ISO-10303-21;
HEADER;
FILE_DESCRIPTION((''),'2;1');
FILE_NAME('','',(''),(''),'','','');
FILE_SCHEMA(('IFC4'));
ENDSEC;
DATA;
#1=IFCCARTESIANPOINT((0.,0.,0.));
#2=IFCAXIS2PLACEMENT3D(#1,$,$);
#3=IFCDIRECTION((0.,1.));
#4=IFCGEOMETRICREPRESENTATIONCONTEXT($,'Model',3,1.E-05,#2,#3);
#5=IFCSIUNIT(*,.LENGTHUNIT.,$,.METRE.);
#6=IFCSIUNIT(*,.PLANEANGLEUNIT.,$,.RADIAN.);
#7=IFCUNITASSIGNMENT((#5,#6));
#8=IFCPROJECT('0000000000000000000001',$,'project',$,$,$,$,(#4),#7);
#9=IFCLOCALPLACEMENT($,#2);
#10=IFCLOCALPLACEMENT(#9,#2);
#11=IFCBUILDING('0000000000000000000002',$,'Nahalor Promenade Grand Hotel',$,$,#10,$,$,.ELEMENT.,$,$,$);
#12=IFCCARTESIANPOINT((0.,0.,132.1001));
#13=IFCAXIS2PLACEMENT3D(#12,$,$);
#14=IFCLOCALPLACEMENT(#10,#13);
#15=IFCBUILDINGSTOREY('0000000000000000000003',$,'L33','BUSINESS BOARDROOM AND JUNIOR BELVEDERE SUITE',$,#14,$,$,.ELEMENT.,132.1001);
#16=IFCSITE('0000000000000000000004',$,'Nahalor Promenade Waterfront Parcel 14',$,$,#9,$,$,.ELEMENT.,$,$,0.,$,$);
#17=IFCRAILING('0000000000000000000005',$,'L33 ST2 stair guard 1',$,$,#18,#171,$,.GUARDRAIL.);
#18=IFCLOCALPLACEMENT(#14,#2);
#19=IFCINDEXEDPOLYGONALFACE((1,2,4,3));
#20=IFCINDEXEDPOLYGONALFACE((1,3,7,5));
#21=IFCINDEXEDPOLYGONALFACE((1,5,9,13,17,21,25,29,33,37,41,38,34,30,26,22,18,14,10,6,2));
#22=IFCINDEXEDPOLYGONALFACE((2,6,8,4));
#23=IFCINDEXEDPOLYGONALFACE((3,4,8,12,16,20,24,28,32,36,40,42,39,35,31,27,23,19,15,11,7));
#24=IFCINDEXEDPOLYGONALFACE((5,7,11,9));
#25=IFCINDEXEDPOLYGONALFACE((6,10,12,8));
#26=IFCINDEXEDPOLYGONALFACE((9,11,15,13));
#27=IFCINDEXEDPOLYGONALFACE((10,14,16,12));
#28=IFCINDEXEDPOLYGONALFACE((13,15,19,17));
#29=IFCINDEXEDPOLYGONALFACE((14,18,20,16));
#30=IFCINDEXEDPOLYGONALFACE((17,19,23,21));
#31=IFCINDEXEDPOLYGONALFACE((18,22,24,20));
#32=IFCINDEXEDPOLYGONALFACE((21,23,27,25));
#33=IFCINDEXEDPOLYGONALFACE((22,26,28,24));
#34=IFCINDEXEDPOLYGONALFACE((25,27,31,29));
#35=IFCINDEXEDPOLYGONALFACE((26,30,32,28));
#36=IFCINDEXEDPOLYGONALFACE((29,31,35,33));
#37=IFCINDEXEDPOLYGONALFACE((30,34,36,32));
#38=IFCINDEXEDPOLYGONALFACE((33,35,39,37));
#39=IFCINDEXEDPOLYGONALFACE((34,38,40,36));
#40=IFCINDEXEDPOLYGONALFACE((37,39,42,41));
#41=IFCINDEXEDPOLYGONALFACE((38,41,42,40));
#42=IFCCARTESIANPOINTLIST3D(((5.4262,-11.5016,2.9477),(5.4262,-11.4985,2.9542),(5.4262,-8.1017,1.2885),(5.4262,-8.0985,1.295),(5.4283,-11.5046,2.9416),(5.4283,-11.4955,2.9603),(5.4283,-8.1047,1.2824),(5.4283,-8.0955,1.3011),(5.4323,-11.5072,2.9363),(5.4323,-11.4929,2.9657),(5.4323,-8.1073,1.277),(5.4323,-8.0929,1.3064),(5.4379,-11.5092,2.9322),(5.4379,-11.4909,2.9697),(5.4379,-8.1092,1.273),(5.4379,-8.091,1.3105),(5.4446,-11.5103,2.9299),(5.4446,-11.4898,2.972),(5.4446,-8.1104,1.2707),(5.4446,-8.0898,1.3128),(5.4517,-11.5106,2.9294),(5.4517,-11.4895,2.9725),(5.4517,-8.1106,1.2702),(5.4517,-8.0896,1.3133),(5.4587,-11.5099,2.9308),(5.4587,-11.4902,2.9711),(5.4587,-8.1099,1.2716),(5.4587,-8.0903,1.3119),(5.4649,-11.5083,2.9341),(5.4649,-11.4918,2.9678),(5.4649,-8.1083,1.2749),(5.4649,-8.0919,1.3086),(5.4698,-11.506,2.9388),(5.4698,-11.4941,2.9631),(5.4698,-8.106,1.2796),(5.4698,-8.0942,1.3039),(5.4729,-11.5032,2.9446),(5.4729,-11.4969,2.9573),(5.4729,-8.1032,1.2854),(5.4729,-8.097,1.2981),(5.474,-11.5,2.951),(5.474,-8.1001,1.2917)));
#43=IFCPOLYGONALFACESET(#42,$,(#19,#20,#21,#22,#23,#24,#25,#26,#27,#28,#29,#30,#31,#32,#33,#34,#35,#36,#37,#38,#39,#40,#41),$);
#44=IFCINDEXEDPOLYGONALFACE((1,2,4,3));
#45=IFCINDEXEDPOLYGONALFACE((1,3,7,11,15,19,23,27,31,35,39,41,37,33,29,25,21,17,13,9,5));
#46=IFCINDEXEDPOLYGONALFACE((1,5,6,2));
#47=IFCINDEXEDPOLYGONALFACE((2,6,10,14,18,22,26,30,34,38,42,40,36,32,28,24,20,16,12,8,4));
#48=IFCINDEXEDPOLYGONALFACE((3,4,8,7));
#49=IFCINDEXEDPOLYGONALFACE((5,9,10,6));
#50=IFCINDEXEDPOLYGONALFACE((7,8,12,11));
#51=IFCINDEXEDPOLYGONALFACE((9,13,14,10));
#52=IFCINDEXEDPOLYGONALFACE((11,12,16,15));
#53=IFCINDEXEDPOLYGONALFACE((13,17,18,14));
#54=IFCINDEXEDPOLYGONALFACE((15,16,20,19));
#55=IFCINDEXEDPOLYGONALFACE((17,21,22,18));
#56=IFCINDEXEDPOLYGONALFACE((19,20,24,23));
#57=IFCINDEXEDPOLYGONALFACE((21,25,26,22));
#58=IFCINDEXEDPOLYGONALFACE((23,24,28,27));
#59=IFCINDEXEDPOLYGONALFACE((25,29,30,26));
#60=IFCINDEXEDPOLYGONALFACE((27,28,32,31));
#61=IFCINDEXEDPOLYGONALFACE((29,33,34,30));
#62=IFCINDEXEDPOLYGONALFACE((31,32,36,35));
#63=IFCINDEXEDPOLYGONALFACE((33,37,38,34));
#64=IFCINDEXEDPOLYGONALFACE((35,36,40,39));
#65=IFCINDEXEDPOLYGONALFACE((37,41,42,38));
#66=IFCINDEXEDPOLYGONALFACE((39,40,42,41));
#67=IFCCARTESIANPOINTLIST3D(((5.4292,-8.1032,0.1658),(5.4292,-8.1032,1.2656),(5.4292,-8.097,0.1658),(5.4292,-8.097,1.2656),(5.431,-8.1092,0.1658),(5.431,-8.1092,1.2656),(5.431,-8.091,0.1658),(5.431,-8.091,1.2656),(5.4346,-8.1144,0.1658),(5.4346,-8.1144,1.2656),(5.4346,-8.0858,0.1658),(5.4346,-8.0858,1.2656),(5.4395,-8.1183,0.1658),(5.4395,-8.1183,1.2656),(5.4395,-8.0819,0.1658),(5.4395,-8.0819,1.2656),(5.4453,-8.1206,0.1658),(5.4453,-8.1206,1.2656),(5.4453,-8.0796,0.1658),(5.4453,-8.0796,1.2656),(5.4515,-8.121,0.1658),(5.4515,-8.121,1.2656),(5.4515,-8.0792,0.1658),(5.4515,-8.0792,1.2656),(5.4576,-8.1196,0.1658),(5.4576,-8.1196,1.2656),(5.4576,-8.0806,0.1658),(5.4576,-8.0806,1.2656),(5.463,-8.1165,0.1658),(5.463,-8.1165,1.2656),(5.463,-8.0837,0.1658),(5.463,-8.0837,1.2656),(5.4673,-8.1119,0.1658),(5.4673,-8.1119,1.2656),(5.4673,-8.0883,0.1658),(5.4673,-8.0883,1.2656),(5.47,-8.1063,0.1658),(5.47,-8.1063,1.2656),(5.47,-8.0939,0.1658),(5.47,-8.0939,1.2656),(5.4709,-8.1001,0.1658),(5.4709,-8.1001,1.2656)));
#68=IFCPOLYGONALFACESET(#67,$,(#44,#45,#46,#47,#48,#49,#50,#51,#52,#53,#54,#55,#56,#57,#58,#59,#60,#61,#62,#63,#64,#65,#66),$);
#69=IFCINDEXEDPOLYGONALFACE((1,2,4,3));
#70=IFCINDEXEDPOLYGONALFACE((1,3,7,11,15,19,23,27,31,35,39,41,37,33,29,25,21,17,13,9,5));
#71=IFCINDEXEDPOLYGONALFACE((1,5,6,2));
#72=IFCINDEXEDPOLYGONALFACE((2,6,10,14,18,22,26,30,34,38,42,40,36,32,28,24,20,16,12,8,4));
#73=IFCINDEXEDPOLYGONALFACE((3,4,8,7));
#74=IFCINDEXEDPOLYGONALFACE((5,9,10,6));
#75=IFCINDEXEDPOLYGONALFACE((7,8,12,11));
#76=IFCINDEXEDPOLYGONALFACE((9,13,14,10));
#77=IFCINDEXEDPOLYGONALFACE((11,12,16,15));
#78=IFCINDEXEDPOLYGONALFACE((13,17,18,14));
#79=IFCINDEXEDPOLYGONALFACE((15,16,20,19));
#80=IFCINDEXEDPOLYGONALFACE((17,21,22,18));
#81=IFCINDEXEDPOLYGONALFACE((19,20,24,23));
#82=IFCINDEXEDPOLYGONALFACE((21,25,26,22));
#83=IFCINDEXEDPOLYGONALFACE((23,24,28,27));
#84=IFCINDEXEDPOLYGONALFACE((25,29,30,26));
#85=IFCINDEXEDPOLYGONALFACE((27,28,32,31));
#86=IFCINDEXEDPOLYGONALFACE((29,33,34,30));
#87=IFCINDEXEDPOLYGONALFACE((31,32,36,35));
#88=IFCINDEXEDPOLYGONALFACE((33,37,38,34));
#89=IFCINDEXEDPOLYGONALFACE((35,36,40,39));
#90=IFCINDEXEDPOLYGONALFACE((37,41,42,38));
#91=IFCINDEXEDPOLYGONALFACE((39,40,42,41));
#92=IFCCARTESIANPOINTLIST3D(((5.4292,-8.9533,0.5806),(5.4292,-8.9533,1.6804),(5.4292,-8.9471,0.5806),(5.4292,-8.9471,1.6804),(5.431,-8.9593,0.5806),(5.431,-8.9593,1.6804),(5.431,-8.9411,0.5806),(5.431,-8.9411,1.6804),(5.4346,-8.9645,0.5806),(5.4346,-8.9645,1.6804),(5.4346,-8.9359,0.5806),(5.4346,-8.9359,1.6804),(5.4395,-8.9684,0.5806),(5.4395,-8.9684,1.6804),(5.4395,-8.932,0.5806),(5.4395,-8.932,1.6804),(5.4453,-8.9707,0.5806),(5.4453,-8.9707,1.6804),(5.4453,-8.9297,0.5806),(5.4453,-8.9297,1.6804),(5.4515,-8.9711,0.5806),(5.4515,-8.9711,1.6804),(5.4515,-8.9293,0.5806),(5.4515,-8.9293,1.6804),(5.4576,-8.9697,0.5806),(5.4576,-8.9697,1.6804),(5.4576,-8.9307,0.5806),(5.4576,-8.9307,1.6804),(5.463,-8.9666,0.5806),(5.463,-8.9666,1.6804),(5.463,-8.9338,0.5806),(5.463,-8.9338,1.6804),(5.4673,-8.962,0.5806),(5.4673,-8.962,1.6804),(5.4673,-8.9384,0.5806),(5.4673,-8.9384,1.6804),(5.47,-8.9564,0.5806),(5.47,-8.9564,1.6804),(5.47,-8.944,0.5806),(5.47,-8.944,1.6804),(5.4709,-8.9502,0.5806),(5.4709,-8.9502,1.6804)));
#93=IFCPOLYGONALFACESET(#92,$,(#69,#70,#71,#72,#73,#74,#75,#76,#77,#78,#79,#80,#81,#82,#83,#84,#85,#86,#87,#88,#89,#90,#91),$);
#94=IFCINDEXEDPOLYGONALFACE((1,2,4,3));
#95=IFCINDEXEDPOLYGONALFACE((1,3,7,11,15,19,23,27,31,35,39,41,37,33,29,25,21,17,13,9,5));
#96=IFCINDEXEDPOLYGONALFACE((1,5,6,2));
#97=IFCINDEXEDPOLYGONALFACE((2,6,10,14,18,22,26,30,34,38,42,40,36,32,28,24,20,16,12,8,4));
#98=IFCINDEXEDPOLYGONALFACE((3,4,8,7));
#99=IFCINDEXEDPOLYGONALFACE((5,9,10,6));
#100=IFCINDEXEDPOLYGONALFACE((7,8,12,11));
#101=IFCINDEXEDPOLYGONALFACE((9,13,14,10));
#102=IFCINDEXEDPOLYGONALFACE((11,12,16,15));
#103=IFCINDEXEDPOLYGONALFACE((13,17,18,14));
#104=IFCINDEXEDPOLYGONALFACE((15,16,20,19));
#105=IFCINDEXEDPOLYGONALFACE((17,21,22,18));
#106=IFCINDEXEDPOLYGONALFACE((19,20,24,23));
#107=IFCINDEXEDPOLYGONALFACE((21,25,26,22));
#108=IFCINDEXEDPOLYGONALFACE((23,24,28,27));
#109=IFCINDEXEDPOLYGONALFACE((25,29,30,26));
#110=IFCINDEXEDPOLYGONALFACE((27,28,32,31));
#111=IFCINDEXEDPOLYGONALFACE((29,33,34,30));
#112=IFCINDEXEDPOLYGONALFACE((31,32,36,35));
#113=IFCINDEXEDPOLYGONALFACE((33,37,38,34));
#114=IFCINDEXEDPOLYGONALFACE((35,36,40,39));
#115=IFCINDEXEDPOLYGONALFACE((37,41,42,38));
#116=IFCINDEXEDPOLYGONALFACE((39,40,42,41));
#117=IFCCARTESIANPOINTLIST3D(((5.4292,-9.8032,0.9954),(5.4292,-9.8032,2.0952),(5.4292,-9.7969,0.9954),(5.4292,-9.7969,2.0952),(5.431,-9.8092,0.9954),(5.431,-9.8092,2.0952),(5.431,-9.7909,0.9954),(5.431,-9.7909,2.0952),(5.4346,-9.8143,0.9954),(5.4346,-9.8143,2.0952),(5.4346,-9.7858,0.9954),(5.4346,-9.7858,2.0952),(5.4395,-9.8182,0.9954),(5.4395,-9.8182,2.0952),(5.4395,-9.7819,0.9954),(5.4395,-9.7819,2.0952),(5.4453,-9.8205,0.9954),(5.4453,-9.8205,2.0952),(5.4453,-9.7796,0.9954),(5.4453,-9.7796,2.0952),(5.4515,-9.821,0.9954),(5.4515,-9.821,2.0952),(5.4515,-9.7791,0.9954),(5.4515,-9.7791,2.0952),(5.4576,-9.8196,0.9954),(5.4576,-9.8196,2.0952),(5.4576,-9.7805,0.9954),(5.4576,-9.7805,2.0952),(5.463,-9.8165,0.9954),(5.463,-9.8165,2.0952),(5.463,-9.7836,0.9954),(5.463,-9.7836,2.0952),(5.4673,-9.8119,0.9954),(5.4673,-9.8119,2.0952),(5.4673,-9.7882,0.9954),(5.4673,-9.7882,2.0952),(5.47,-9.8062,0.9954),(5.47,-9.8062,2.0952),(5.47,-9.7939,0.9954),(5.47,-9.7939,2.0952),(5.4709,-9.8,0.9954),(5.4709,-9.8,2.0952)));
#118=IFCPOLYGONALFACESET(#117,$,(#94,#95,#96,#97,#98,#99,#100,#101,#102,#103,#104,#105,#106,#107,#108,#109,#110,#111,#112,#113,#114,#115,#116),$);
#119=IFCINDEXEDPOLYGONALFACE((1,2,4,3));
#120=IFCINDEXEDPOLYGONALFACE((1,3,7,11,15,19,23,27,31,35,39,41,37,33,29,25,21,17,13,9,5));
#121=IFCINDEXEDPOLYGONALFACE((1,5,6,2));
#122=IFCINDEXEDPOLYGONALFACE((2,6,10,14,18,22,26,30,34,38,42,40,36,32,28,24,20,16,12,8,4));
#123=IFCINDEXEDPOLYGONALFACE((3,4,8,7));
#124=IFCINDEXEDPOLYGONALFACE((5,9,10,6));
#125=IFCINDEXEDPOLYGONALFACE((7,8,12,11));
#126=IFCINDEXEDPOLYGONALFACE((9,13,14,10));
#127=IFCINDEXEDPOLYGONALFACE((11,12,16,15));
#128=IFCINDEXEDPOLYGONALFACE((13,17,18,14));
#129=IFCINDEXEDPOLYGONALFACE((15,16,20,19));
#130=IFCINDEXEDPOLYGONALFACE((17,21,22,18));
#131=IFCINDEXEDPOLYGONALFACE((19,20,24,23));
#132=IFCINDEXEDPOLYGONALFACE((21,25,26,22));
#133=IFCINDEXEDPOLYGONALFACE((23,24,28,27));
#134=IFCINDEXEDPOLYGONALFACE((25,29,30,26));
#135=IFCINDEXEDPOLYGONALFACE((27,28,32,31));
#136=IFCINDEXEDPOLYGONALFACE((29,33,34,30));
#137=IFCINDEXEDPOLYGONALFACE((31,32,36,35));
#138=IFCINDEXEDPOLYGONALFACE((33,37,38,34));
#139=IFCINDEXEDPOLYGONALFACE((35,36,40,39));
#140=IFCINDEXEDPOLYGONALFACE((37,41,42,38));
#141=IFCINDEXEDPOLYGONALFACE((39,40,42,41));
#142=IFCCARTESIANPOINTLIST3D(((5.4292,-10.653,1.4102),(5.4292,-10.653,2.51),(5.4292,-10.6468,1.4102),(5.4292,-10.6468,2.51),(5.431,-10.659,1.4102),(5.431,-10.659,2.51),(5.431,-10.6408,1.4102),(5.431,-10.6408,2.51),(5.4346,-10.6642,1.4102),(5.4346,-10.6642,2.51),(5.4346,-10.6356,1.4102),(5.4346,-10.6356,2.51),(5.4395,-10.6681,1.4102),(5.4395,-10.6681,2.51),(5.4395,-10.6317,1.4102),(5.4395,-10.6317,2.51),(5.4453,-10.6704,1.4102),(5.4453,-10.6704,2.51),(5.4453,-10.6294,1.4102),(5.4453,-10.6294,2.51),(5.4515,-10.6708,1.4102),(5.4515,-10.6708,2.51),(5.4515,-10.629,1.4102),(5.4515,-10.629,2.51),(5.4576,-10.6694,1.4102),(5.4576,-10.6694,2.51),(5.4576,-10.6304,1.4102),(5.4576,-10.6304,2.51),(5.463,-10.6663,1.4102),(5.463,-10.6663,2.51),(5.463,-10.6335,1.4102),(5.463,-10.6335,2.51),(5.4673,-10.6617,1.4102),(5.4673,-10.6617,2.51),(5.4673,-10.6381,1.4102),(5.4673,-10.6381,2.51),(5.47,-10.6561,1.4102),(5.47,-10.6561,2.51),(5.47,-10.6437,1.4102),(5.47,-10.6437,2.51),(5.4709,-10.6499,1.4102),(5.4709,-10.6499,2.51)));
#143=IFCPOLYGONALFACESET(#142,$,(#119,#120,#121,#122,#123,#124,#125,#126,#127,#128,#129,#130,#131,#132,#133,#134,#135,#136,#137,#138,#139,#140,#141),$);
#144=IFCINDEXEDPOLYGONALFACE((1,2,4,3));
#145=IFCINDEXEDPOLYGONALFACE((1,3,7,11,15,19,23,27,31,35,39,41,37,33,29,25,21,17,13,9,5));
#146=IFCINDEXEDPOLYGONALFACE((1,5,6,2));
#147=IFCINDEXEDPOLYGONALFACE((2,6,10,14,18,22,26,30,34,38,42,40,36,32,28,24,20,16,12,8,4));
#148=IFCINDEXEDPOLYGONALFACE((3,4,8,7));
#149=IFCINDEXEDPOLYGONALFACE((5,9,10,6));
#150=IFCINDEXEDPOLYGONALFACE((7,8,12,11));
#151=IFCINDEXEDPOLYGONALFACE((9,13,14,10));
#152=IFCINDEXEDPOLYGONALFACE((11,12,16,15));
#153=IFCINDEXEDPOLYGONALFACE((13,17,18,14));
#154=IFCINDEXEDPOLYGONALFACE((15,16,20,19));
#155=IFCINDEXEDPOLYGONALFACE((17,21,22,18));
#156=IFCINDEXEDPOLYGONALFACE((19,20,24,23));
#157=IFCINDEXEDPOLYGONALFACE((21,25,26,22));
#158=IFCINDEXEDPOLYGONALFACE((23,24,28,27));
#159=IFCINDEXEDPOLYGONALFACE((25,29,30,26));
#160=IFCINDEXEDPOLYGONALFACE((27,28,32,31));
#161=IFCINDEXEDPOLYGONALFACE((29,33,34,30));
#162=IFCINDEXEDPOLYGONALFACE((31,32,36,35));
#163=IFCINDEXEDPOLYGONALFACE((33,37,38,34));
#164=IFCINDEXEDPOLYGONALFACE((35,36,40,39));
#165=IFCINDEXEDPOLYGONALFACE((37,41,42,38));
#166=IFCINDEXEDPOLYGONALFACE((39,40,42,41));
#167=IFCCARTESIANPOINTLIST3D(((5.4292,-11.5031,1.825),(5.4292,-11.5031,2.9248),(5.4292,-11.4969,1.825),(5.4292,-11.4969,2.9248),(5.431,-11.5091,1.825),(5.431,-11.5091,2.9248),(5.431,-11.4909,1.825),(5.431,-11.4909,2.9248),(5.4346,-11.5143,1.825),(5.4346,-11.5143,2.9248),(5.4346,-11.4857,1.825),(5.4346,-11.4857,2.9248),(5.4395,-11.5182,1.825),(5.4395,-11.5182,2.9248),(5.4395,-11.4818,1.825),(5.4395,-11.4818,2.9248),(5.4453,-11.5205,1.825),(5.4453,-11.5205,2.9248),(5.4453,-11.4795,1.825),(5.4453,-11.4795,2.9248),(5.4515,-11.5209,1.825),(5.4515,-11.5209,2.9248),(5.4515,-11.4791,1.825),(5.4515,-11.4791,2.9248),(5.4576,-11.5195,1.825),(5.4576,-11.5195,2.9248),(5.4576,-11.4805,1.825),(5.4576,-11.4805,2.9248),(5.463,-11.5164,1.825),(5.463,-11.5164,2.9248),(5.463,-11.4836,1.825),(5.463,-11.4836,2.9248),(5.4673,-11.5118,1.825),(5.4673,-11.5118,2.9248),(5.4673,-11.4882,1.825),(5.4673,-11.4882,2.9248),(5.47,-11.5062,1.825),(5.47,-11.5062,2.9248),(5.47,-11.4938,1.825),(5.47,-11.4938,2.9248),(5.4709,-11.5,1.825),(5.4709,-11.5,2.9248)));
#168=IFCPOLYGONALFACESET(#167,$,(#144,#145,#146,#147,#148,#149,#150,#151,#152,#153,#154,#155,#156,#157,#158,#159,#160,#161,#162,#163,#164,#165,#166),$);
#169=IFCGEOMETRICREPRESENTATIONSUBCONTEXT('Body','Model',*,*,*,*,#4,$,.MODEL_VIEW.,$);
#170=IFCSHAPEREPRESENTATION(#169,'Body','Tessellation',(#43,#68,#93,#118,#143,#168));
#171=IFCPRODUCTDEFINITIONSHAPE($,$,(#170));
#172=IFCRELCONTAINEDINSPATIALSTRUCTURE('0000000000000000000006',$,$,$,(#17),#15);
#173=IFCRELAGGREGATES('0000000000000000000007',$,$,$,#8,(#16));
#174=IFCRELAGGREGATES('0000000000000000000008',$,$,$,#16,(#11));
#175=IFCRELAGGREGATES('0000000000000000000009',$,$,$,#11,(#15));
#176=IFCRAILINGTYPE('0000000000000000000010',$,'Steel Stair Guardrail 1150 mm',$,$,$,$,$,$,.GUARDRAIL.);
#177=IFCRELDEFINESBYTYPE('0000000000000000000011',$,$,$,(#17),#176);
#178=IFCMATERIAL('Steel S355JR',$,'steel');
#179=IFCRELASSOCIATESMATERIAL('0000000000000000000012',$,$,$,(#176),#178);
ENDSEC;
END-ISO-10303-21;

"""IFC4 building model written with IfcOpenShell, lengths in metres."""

from ifc_helpers import new_model, si_unit, direction, frame, origin, origin_2d, place, context, subcontext, project, spatial, circle, extrude, material, type_object, element, save


model = new_model("IFC4")

# Units and contexts
model_context = context("Model", 3, precision=1e-05, world=origin(), true_north=direction((0.0, 1.0)))
body_context = subcontext(model_context, "Body", "Model", "MODEL_VIEW")
ifc_project = project(units=[si_unit("LENGTHUNIT", "METRE"), si_unit("PLANEANGLEUNIT", "RADIAN")], contexts=[model_context])

# Site, building, storey
site_placement = place(None, origin())
site = spatial("IfcSite", under=ifc_project, at=site_placement, Name="Nahalor Promenade Waterfront Parcel 14", CompositionType="ELEMENT", RefElevation=0.0)
building_placement = place(site_placement, origin())
building = spatial("IfcBuilding", under=site, at=building_placement, Name="Nahalor Promenade Grand Hotel", CompositionType="ELEMENT")
storey_placement = place(building_placement, frame((0.0, 0.0, 132.1001)))
storey = spatial("IfcBuildingStorey", under=building, at=storey_placement, Name="L33", Description="BUSINESS BOARDROOM AND JUNIOR BELVEDERE SUITE", CompositionType="ELEMENT", Elevation=132.1001)

# Shared definitions
ifc_material_1 = material(Name="Steel S355JR", Category="steel")

# Railing
railing_type_1 = type_object("IfcRailingType", Name="Steel Stair Guardrail 1150 mm", PredefinedType="GUARDRAIL", material=ifc_material_1)
railing_1_placement = place(storey_placement, frame((5.45, -8.1001, 0.1658)))
element("IfcRailing", 1, at=railing_1_placement, inside=storey, type_object=railing_type_1, Name="L33 ST2 stair guard 1", PredefinedType="GUARDRAIL", context=body_context, shape_type="SweptSolid", body=[
    extrude(circle(Radius=0.024, at=origin_2d()), frame((0.0, 0.0, 1.126), z_axis=(0.0, -0.898696, 0.438571), x_axis=(1.0, 0.0, 0.0)), (0.0, 0.0, 1.0), 3.7832),
    extrude(circle(Radius=0.021, at=origin_2d()), origin(), (0.0, 0.0, 1.0), 1.0999),
    extrude(circle(Radius=0.021, at=origin_2d()), frame((0.0, -0.8501, 0.4148)), (0.0, 0.0, 1.0), 1.0999),
    extrude(circle(Radius=0.021, at=origin_2d()), frame((0.0, -1.7, 0.8296)), (0.0, 0.0, 1.0), 1.0999),
    extrude(circle(Radius=0.021, at=origin_2d()), frame((0.0, -2.5498, 1.2444)), (0.0, 0.0, 1.0), 1.0999),
    extrude(circle(Radius=0.021, at=origin_2d()), frame((0.0, -3.3999, 1.6592)), (0.0, 0.0, 1.0), 1.0999),
])

save(model, "model.ifc")
